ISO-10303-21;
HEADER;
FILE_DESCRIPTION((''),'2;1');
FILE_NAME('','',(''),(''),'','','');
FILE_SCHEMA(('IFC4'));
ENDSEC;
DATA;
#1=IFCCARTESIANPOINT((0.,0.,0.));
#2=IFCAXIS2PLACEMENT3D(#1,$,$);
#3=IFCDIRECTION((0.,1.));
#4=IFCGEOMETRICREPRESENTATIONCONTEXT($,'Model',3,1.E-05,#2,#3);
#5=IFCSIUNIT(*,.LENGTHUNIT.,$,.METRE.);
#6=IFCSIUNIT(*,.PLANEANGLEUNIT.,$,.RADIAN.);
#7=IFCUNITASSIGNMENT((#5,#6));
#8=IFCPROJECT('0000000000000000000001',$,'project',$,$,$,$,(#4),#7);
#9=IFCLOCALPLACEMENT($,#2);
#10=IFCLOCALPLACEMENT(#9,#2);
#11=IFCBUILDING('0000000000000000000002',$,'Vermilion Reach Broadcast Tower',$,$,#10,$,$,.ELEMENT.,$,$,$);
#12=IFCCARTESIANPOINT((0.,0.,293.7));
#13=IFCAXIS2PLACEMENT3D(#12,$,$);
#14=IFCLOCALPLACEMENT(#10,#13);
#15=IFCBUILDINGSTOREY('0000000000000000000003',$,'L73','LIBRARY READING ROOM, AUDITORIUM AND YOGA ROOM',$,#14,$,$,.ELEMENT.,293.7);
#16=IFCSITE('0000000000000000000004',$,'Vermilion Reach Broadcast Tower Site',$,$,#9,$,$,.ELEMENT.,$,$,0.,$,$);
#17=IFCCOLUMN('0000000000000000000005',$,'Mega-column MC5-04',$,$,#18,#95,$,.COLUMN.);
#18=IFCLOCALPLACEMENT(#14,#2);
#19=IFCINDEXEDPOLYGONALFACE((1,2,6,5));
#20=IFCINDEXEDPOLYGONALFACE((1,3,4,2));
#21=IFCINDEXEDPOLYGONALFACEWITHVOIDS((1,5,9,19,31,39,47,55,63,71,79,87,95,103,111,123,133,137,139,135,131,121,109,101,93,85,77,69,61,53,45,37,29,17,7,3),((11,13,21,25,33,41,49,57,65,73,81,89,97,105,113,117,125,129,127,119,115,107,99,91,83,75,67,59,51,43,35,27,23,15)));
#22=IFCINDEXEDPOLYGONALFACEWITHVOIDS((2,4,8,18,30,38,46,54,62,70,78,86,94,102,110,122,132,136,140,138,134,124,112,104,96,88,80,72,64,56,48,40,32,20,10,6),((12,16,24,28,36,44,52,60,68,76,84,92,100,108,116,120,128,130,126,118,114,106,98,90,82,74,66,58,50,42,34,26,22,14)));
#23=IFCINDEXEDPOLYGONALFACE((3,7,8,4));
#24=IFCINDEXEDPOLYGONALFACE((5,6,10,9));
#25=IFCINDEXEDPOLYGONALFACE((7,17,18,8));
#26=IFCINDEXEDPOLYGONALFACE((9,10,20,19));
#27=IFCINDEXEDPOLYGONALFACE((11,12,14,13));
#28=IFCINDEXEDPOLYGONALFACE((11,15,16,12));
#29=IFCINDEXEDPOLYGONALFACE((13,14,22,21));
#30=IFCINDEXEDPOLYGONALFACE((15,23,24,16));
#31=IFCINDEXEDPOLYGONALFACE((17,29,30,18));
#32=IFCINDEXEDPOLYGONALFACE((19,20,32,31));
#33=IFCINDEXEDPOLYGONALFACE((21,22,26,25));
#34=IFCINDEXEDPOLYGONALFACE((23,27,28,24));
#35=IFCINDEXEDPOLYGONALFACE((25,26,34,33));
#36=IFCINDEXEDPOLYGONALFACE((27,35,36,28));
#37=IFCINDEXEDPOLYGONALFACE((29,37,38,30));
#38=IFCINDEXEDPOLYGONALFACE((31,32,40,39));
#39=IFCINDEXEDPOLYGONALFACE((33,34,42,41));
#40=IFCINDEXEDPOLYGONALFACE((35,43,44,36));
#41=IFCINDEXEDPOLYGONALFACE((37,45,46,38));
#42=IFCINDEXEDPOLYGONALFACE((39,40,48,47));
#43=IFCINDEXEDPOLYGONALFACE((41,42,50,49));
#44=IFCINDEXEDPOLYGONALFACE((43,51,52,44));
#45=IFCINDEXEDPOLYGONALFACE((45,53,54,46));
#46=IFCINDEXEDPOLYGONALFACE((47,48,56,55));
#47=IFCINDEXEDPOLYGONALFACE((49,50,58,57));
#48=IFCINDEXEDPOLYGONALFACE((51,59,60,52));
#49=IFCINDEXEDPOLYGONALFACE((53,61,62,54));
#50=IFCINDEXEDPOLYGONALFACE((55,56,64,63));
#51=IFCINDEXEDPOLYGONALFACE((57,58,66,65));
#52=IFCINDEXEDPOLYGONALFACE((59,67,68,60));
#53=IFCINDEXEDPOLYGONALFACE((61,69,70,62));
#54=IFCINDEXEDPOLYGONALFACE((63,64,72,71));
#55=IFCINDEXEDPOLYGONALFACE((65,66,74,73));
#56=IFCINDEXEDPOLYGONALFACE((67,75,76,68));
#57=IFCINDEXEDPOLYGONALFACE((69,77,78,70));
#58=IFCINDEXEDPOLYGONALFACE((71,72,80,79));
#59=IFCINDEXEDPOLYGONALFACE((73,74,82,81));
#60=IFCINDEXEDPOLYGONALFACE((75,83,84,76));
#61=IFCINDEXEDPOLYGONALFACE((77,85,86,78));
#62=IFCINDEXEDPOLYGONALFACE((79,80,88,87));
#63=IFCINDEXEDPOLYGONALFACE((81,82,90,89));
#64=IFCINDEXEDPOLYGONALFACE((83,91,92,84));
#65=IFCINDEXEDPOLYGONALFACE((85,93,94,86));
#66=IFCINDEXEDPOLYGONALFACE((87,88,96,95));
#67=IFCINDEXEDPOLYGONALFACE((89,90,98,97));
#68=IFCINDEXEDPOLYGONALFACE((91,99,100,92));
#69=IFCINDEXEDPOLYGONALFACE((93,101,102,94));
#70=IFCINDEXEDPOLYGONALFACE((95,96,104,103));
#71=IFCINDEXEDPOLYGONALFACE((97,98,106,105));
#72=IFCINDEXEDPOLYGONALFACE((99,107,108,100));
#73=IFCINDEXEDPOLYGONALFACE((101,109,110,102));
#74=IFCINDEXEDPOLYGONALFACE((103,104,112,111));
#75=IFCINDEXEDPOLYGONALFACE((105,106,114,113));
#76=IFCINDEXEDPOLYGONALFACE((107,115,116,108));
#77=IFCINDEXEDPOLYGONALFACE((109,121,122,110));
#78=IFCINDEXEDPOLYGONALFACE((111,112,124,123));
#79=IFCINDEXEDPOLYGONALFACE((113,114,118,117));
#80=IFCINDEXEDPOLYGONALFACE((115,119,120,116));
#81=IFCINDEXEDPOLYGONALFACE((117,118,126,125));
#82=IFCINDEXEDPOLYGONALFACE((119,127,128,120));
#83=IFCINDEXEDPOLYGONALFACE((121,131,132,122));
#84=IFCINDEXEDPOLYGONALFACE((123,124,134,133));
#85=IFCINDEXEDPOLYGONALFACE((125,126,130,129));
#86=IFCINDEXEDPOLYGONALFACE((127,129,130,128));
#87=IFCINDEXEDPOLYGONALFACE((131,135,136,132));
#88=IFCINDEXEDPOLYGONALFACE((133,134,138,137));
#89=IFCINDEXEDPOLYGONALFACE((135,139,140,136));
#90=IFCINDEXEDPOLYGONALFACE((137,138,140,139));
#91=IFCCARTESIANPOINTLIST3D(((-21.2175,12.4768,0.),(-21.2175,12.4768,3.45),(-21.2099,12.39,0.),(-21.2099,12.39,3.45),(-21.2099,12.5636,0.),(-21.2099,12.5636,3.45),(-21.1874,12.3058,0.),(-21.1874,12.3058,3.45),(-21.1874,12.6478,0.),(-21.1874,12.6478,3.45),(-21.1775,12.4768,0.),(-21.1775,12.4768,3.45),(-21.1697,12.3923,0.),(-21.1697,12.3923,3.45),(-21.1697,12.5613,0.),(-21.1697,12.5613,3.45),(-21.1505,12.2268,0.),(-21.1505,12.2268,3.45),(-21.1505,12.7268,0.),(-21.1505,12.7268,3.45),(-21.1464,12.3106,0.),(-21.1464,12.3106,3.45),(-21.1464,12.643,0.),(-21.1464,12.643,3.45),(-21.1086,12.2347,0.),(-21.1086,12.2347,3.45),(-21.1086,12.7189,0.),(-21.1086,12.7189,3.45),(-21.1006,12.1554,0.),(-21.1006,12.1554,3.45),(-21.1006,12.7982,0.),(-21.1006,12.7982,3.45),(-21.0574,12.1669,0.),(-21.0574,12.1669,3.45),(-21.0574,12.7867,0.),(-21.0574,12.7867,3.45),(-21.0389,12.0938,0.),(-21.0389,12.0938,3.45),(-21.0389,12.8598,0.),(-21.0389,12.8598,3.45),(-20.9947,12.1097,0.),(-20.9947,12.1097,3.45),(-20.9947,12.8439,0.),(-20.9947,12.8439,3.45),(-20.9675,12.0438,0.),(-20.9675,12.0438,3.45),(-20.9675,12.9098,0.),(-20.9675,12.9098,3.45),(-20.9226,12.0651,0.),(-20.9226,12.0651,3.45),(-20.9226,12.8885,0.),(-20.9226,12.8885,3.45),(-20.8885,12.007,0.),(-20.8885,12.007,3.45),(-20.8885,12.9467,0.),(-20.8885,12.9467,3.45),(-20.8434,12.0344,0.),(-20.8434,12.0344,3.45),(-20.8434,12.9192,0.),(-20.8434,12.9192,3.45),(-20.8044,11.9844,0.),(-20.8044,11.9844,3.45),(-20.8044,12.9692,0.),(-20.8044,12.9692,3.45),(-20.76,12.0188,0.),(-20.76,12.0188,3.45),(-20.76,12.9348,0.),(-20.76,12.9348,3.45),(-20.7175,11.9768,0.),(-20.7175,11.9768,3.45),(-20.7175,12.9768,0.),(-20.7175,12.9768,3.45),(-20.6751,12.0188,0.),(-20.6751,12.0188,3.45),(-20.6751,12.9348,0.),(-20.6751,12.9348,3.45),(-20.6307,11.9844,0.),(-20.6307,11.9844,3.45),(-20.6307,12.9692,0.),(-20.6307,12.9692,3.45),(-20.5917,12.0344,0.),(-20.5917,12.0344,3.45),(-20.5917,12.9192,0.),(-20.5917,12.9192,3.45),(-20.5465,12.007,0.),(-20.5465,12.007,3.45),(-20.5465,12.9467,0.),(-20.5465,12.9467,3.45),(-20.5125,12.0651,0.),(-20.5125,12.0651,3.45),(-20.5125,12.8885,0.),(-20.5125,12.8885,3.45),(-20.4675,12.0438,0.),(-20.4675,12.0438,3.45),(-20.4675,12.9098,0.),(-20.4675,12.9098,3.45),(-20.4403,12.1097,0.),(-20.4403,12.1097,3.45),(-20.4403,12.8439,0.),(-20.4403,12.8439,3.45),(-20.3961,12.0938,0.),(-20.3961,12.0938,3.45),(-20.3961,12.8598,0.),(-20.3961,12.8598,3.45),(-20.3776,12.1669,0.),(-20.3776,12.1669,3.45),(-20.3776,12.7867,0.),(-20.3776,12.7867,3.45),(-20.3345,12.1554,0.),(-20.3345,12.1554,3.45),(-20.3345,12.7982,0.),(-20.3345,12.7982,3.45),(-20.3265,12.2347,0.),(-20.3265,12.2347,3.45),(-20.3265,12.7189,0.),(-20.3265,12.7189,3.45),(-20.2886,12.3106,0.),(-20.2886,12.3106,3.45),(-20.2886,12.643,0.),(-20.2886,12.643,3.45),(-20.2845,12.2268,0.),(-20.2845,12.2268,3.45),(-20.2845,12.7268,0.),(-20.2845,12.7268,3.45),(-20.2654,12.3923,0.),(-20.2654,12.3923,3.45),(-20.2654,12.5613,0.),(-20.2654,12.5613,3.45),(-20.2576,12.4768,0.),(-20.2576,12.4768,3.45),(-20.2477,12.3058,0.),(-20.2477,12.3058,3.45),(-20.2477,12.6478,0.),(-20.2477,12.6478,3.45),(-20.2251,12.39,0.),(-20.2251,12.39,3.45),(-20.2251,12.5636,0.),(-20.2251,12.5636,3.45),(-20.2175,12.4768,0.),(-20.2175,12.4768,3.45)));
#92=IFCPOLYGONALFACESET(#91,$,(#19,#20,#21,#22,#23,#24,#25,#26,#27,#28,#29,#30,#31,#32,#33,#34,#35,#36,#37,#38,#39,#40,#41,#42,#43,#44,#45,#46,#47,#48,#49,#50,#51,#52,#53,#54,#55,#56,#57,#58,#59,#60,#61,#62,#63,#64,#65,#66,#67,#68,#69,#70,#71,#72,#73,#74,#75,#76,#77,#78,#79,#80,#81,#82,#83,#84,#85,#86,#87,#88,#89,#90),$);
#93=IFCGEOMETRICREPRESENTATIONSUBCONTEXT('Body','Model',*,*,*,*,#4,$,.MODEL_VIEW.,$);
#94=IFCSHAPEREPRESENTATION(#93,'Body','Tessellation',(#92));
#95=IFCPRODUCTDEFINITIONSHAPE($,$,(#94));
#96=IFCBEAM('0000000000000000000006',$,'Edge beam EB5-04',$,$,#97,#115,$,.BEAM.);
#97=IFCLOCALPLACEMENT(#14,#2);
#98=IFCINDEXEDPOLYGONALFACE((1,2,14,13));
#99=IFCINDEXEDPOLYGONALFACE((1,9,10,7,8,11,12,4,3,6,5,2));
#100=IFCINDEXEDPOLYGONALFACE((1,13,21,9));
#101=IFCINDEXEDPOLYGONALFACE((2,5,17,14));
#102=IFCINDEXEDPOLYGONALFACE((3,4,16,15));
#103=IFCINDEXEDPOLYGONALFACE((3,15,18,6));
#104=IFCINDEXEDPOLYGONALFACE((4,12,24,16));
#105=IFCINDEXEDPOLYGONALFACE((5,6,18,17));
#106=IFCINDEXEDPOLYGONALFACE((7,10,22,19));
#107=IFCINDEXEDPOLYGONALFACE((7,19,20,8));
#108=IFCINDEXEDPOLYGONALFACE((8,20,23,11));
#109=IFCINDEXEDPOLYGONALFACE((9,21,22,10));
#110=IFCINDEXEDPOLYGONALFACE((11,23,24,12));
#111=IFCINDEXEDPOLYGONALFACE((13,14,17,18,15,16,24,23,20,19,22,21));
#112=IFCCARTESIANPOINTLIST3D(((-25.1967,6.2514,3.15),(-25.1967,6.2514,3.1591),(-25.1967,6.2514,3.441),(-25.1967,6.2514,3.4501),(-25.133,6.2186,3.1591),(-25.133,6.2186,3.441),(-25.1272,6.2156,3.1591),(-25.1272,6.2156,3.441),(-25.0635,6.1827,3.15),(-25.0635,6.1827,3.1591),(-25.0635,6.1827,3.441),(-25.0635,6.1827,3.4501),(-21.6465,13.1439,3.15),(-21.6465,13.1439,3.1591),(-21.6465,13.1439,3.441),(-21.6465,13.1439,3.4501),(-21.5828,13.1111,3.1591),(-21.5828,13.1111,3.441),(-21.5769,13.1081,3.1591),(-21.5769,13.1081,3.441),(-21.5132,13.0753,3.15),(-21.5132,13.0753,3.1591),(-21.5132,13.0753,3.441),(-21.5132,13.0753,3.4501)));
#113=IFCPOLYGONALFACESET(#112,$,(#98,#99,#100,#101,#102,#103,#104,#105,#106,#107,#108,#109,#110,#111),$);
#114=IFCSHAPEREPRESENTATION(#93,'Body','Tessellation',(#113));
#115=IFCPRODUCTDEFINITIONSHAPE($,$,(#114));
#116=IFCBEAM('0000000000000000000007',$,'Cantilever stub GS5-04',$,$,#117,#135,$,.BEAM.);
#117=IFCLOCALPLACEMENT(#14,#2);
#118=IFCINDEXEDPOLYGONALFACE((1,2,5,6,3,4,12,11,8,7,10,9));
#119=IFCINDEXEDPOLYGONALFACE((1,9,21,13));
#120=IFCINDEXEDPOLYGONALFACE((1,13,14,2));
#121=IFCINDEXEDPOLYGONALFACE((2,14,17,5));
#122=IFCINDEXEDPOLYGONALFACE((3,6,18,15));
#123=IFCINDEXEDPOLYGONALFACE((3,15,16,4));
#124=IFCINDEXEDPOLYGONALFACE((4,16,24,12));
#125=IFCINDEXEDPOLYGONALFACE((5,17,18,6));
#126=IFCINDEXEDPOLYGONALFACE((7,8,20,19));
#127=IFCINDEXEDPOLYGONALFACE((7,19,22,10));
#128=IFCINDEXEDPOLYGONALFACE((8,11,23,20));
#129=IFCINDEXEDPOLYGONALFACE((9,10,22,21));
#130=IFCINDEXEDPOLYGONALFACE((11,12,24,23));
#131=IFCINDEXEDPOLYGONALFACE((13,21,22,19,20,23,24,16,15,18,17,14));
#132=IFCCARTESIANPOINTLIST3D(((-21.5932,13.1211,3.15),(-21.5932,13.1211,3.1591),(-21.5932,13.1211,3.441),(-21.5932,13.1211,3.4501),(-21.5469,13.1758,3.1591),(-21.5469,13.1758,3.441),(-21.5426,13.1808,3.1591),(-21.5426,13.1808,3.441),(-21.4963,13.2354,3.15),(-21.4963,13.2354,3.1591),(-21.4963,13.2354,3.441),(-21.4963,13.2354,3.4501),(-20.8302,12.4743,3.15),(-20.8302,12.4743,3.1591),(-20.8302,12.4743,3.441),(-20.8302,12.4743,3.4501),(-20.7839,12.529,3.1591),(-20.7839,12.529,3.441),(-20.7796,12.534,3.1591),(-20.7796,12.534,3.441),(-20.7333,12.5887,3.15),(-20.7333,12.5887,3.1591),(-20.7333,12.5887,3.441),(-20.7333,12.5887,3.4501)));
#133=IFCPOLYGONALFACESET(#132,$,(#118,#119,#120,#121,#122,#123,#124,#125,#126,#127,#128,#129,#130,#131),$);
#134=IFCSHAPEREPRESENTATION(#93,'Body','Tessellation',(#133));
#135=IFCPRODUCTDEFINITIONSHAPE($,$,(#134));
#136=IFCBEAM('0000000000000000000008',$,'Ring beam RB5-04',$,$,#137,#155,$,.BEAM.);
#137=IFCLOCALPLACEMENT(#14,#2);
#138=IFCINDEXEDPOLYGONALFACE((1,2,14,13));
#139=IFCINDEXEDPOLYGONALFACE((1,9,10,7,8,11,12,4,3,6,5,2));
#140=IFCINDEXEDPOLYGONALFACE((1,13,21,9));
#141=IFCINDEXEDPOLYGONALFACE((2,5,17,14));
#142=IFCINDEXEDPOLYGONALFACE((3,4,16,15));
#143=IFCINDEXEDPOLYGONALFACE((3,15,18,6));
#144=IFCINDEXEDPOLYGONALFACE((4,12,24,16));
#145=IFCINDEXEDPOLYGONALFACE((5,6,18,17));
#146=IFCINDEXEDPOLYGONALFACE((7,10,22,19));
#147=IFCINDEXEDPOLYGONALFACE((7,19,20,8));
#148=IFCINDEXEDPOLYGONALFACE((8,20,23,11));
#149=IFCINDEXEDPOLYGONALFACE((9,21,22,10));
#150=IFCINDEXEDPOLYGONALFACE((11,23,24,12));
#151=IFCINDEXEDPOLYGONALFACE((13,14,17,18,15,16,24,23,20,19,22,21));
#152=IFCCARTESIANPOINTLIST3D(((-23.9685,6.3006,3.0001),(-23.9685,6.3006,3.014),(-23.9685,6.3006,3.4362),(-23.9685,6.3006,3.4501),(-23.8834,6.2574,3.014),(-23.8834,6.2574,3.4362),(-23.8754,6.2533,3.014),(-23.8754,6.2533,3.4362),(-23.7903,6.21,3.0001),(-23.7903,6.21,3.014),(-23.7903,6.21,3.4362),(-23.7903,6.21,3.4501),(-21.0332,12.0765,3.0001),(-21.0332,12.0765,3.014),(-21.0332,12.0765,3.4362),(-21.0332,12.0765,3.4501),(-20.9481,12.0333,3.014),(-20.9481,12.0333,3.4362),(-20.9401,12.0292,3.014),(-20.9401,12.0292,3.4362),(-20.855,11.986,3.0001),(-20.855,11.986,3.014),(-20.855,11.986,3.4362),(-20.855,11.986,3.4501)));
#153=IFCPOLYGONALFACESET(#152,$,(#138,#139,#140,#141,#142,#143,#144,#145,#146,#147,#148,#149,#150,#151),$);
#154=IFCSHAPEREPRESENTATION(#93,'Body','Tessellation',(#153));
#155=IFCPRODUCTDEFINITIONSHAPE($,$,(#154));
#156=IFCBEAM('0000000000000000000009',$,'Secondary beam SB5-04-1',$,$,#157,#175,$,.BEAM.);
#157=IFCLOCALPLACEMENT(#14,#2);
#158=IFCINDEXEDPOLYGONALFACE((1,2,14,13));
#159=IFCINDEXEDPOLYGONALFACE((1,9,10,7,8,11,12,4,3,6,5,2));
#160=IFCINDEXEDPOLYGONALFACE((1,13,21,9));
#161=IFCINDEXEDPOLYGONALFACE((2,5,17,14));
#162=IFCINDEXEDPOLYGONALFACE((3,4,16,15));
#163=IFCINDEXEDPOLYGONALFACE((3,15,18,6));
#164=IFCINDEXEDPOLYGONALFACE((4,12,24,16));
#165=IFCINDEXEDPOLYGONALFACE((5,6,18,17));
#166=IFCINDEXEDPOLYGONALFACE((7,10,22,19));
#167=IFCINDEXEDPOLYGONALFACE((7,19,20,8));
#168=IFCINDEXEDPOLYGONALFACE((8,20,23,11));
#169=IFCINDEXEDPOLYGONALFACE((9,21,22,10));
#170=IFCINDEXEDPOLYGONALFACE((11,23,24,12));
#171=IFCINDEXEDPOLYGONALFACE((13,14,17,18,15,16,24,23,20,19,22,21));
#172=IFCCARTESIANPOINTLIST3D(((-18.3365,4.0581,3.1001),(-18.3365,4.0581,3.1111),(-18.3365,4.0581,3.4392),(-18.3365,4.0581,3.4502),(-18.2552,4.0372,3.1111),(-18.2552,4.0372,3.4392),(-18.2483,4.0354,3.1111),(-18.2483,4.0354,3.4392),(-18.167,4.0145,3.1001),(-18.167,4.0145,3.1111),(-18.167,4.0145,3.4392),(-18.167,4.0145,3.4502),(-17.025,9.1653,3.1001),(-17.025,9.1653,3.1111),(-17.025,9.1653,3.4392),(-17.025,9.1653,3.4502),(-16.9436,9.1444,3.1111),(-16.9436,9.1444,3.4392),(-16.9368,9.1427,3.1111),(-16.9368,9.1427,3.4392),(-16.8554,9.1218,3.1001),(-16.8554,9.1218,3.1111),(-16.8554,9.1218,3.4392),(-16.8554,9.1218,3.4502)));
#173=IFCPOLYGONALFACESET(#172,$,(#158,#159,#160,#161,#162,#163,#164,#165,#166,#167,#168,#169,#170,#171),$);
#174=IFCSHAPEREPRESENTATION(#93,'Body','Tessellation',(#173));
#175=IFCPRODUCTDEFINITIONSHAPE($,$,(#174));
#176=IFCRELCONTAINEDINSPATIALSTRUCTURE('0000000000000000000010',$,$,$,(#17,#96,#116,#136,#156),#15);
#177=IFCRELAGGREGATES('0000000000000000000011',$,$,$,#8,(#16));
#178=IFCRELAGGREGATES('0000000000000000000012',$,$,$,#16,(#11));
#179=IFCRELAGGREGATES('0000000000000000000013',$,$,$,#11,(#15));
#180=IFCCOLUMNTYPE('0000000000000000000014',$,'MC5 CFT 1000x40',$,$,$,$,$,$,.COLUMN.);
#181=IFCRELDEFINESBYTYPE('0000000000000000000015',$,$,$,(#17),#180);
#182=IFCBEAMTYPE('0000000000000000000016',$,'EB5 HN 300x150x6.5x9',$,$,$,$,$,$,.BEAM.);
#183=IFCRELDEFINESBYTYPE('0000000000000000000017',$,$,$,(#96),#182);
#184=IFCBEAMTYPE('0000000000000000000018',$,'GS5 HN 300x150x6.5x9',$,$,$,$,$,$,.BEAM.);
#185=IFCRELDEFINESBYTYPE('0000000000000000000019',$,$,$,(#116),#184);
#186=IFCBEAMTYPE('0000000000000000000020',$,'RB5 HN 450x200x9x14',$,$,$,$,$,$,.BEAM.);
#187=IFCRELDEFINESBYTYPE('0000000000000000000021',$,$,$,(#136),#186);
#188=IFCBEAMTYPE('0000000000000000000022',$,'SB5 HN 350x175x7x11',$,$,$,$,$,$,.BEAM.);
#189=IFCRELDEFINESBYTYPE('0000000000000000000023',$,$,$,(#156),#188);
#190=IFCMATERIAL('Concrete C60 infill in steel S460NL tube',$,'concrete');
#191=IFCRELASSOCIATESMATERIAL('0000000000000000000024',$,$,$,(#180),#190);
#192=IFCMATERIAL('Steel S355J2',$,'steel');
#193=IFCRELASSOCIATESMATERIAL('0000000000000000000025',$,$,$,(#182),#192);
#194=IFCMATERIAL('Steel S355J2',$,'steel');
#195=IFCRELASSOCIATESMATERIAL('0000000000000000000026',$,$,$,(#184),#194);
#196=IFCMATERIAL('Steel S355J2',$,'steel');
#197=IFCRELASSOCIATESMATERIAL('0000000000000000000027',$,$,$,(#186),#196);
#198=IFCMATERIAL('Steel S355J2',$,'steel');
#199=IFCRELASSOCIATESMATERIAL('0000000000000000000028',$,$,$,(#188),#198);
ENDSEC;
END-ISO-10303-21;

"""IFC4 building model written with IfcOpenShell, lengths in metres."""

from ifc_helpers import new_model, si_unit, direction, frame, origin, origin_2d, place, context, subcontext, project, spatial, hollow_circle, i_section, extrude, material, material_profile, profile_set, type_object, element, save


model = new_model("IFC4")

# Units and contexts
model_context = context("Model", 3, precision=1e-05, world=origin(), true_north=direction((0.0, 1.0)))
body_context = subcontext(model_context, "Body", "Model", "MODEL_VIEW")
ifc_project = project(units=[si_unit("LENGTHUNIT", "METRE"), si_unit("PLANEANGLEUNIT", "RADIAN")], contexts=[model_context])

# Site, building, storey
site_placement = place(None, origin())
site = spatial("IfcSite", under=ifc_project, at=site_placement, Name="Vermilion Reach Broadcast Tower Site", CompositionType="ELEMENT", RefElevation=0.0)
building_placement = place(site_placement, origin())
building = spatial("IfcBuilding", under=site, at=building_placement, Name="Vermilion Reach Broadcast Tower", CompositionType="ELEMENT")
storey_placement = place(building_placement, frame((0.0, 0.0, 293.7)))
storey = spatial("IfcBuildingStorey", under=building, at=storey_placement, Name="L73", Description="LIBRARY READING ROOM, AUDITORIUM AND YOGA ROOM", CompositionType="ELEMENT", Elevation=293.7)

# Column
ifc_material_1 = material(Name="Concrete C60 infill in steel S460NL tube", Category="concrete")
ifc_material_profile_1 = material_profile(ifc_material_1, hollow_circle(Radius=0.5, WallThickness=0.04, at=origin_2d()), Name="Concrete C60 infill in steel S460NL tube CFT 1000x40")
ifc_profile_set_1 = profile_set([ifc_material_profile_1], Name="Concrete C60 infill in steel S460NL tube")
column_type = type_object("IfcColumnType", Name="MC5 CFT 1000x40", PredefinedType="COLUMN", material=ifc_profile_set_1)
column_placement = place(storey_placement, frame((-20.7175, 12.4768, 0.0), z_axis=(0.0, 0.0, 1.0), x_axis=(1.0, 0.0, 0.0)))
element("IfcColumn", 1, at=column_placement, inside=storey, type_object=column_type, Name="Mega-column MC5-04", PredefinedType="COLUMN", context=body_context, shape_type="SweptSolid", body=[
    extrude(hollow_circle(Radius=0.5, WallThickness=0.04, at=origin_2d()), origin(), (0.0, 0.0, 1.0), 3.45),
])

# Beams
ifc_material_2 = material(Name="Steel S355J2", Category="steel")
ifc_material_profile_2 = material_profile(ifc_material_2, i_section(OverallWidth=0.1499, OverallDepth=0.3, WebThickness=0.0066, FlangeThickness=0.009, at=origin_2d()), Name="S355J2 HN 300x150x6.5x9")
ifc_profile_set_2 = profile_set([ifc_material_profile_2], Name="Steel S355J2")
beam_type_1 = type_object("IfcBeamType", Name="EB5 HN 300x150x6.5x9", PredefinedType="BEAM", material=ifc_profile_set_2)
beam_1_placement = place(storey_placement, frame((-21.5798, 13.1096, 3.3), z_axis=(-0.457913, -0.888997, 0.0), x_axis=(0.888997, -0.457913, 0.0)))
element("IfcBeam", 2, at=beam_1_placement, inside=storey, type_object=beam_type_1, Name="Edge beam EB5-04", PredefinedType="BEAM", context=body_context, shape_type="SweptSolid", body=[
    extrude(i_section(OverallWidth=0.1499, OverallDepth=0.3, WebThickness=0.0066, FlangeThickness=0.009, at=origin_2d()), origin(), (0.0, 0.0, 1.0), 7.7532),
])
ifc_material_3 = material(Name="Steel S355J2", Category="steel")
ifc_material_profile_3 = material_profile(ifc_material_3, i_section(OverallWidth=0.1499, OverallDepth=0.3, WebThickness=0.0066, FlangeThickness=0.009, at=origin_2d()), Name="S355J2 HN 300x150x6.5x9")
ifc_profile_set_3 = profile_set([ifc_material_profile_3], Name="Steel S355J2")
beam_type_2 = type_object("IfcBeamType", Name="GS5 HN 300x150x6.5x9", PredefinedType="BEAM", material=ifc_profile_set_3)
beam_2_placement = place(storey_placement, frame((-20.7817, 12.5315, 3.3), z_axis=(-0.762812, 0.64662, 0.0), x_axis=(-0.64662, -0.762812, 0.0)))
element("IfcBeam", 3, at=beam_2_placement, inside=storey, type_object=beam_type_2, Name="Cantilever stub GS5-04", PredefinedType="BEAM", context=body_context, shape_type="SweptSolid", body=[
    extrude(i_section(OverallWidth=0.1499, OverallDepth=0.3, WebThickness=0.0066, FlangeThickness=0.009, at=origin_2d()), origin(), (0.0, 0.0, 1.0), 1.0002),
])
ifc_material_4 = material(Name="Steel S355J2", Category="steel")
ifc_material_profile_4 = material_profile(ifc_material_4, i_section(OverallWidth=0.2, OverallDepth=0.45, WebThickness=0.009, FlangeThickness=0.0139, at=origin_2d()), Name="S355J2 HN 450x200x9x14")
ifc_profile_set_4 = profile_set([ifc_material_profile_4], Name="Steel S355J2")
beam_type_3 = type_object("IfcBeamType", Name="RB5 HN 450x200x9x14", PredefinedType="BEAM", material=ifc_profile_set_4)
beam_3_placement = place(storey_placement, frame((-20.9441, 12.0312, 3.2251), z_axis=(-0.453052, -0.891484, 0.0), x_axis=(0.891484, -0.453052, 0.0)))
element("IfcBeam", 4, at=beam_3_placement, inside=storey, type_object=beam_type_3, Name="Ring beam RB5-04", PredefinedType="BEAM", context=body_context, shape_type="SweptSolid", body=[
    extrude(i_section(OverallWidth=0.2, OverallDepth=0.45, WebThickness=0.009, FlangeThickness=0.0139, at=origin_2d()), origin(), (0.0, 0.0, 1.0), 6.479),
])
ifc_material_5 = material(Name="Steel S355J2", Category="steel")
ifc_material_profile_5 = material_profile(ifc_material_5, i_section(OverallWidth=0.175, OverallDepth=0.3501, WebThickness=0.0071, FlangeThickness=0.011, at=origin_2d()), Name="S355J2 HN 350x175x7x11")
ifc_profile_set_5 = profile_set([ifc_material_profile_5], Name="Steel S355J2")
beam_type_4 = type_object("IfcBeamType", Name="SB5 HN 350x175x7x11", PredefinedType="BEAM", material=ifc_profile_set_5)
beam_4_placement = place(storey_placement, frame((-16.9402, 9.1436, 3.2751), z_axis=(-0.24873, -0.968573, 0.0), x_axis=(0.968573, -0.24873, 0.0)))
element("IfcBeam", 5, at=beam_4_placement, inside=storey, type_object=beam_type_4, Name="Secondary beam SB5-04-1", PredefinedType="BEAM", context=body_context, shape_type="SweptSolid", body=[
    extrude(i_section(OverallWidth=0.175, OverallDepth=0.3501, WebThickness=0.0071, FlangeThickness=0.011, at=origin_2d()), origin(), (0.0, 0.0, 1.0), 5.2729),
])

save(model, "model.ifc")
